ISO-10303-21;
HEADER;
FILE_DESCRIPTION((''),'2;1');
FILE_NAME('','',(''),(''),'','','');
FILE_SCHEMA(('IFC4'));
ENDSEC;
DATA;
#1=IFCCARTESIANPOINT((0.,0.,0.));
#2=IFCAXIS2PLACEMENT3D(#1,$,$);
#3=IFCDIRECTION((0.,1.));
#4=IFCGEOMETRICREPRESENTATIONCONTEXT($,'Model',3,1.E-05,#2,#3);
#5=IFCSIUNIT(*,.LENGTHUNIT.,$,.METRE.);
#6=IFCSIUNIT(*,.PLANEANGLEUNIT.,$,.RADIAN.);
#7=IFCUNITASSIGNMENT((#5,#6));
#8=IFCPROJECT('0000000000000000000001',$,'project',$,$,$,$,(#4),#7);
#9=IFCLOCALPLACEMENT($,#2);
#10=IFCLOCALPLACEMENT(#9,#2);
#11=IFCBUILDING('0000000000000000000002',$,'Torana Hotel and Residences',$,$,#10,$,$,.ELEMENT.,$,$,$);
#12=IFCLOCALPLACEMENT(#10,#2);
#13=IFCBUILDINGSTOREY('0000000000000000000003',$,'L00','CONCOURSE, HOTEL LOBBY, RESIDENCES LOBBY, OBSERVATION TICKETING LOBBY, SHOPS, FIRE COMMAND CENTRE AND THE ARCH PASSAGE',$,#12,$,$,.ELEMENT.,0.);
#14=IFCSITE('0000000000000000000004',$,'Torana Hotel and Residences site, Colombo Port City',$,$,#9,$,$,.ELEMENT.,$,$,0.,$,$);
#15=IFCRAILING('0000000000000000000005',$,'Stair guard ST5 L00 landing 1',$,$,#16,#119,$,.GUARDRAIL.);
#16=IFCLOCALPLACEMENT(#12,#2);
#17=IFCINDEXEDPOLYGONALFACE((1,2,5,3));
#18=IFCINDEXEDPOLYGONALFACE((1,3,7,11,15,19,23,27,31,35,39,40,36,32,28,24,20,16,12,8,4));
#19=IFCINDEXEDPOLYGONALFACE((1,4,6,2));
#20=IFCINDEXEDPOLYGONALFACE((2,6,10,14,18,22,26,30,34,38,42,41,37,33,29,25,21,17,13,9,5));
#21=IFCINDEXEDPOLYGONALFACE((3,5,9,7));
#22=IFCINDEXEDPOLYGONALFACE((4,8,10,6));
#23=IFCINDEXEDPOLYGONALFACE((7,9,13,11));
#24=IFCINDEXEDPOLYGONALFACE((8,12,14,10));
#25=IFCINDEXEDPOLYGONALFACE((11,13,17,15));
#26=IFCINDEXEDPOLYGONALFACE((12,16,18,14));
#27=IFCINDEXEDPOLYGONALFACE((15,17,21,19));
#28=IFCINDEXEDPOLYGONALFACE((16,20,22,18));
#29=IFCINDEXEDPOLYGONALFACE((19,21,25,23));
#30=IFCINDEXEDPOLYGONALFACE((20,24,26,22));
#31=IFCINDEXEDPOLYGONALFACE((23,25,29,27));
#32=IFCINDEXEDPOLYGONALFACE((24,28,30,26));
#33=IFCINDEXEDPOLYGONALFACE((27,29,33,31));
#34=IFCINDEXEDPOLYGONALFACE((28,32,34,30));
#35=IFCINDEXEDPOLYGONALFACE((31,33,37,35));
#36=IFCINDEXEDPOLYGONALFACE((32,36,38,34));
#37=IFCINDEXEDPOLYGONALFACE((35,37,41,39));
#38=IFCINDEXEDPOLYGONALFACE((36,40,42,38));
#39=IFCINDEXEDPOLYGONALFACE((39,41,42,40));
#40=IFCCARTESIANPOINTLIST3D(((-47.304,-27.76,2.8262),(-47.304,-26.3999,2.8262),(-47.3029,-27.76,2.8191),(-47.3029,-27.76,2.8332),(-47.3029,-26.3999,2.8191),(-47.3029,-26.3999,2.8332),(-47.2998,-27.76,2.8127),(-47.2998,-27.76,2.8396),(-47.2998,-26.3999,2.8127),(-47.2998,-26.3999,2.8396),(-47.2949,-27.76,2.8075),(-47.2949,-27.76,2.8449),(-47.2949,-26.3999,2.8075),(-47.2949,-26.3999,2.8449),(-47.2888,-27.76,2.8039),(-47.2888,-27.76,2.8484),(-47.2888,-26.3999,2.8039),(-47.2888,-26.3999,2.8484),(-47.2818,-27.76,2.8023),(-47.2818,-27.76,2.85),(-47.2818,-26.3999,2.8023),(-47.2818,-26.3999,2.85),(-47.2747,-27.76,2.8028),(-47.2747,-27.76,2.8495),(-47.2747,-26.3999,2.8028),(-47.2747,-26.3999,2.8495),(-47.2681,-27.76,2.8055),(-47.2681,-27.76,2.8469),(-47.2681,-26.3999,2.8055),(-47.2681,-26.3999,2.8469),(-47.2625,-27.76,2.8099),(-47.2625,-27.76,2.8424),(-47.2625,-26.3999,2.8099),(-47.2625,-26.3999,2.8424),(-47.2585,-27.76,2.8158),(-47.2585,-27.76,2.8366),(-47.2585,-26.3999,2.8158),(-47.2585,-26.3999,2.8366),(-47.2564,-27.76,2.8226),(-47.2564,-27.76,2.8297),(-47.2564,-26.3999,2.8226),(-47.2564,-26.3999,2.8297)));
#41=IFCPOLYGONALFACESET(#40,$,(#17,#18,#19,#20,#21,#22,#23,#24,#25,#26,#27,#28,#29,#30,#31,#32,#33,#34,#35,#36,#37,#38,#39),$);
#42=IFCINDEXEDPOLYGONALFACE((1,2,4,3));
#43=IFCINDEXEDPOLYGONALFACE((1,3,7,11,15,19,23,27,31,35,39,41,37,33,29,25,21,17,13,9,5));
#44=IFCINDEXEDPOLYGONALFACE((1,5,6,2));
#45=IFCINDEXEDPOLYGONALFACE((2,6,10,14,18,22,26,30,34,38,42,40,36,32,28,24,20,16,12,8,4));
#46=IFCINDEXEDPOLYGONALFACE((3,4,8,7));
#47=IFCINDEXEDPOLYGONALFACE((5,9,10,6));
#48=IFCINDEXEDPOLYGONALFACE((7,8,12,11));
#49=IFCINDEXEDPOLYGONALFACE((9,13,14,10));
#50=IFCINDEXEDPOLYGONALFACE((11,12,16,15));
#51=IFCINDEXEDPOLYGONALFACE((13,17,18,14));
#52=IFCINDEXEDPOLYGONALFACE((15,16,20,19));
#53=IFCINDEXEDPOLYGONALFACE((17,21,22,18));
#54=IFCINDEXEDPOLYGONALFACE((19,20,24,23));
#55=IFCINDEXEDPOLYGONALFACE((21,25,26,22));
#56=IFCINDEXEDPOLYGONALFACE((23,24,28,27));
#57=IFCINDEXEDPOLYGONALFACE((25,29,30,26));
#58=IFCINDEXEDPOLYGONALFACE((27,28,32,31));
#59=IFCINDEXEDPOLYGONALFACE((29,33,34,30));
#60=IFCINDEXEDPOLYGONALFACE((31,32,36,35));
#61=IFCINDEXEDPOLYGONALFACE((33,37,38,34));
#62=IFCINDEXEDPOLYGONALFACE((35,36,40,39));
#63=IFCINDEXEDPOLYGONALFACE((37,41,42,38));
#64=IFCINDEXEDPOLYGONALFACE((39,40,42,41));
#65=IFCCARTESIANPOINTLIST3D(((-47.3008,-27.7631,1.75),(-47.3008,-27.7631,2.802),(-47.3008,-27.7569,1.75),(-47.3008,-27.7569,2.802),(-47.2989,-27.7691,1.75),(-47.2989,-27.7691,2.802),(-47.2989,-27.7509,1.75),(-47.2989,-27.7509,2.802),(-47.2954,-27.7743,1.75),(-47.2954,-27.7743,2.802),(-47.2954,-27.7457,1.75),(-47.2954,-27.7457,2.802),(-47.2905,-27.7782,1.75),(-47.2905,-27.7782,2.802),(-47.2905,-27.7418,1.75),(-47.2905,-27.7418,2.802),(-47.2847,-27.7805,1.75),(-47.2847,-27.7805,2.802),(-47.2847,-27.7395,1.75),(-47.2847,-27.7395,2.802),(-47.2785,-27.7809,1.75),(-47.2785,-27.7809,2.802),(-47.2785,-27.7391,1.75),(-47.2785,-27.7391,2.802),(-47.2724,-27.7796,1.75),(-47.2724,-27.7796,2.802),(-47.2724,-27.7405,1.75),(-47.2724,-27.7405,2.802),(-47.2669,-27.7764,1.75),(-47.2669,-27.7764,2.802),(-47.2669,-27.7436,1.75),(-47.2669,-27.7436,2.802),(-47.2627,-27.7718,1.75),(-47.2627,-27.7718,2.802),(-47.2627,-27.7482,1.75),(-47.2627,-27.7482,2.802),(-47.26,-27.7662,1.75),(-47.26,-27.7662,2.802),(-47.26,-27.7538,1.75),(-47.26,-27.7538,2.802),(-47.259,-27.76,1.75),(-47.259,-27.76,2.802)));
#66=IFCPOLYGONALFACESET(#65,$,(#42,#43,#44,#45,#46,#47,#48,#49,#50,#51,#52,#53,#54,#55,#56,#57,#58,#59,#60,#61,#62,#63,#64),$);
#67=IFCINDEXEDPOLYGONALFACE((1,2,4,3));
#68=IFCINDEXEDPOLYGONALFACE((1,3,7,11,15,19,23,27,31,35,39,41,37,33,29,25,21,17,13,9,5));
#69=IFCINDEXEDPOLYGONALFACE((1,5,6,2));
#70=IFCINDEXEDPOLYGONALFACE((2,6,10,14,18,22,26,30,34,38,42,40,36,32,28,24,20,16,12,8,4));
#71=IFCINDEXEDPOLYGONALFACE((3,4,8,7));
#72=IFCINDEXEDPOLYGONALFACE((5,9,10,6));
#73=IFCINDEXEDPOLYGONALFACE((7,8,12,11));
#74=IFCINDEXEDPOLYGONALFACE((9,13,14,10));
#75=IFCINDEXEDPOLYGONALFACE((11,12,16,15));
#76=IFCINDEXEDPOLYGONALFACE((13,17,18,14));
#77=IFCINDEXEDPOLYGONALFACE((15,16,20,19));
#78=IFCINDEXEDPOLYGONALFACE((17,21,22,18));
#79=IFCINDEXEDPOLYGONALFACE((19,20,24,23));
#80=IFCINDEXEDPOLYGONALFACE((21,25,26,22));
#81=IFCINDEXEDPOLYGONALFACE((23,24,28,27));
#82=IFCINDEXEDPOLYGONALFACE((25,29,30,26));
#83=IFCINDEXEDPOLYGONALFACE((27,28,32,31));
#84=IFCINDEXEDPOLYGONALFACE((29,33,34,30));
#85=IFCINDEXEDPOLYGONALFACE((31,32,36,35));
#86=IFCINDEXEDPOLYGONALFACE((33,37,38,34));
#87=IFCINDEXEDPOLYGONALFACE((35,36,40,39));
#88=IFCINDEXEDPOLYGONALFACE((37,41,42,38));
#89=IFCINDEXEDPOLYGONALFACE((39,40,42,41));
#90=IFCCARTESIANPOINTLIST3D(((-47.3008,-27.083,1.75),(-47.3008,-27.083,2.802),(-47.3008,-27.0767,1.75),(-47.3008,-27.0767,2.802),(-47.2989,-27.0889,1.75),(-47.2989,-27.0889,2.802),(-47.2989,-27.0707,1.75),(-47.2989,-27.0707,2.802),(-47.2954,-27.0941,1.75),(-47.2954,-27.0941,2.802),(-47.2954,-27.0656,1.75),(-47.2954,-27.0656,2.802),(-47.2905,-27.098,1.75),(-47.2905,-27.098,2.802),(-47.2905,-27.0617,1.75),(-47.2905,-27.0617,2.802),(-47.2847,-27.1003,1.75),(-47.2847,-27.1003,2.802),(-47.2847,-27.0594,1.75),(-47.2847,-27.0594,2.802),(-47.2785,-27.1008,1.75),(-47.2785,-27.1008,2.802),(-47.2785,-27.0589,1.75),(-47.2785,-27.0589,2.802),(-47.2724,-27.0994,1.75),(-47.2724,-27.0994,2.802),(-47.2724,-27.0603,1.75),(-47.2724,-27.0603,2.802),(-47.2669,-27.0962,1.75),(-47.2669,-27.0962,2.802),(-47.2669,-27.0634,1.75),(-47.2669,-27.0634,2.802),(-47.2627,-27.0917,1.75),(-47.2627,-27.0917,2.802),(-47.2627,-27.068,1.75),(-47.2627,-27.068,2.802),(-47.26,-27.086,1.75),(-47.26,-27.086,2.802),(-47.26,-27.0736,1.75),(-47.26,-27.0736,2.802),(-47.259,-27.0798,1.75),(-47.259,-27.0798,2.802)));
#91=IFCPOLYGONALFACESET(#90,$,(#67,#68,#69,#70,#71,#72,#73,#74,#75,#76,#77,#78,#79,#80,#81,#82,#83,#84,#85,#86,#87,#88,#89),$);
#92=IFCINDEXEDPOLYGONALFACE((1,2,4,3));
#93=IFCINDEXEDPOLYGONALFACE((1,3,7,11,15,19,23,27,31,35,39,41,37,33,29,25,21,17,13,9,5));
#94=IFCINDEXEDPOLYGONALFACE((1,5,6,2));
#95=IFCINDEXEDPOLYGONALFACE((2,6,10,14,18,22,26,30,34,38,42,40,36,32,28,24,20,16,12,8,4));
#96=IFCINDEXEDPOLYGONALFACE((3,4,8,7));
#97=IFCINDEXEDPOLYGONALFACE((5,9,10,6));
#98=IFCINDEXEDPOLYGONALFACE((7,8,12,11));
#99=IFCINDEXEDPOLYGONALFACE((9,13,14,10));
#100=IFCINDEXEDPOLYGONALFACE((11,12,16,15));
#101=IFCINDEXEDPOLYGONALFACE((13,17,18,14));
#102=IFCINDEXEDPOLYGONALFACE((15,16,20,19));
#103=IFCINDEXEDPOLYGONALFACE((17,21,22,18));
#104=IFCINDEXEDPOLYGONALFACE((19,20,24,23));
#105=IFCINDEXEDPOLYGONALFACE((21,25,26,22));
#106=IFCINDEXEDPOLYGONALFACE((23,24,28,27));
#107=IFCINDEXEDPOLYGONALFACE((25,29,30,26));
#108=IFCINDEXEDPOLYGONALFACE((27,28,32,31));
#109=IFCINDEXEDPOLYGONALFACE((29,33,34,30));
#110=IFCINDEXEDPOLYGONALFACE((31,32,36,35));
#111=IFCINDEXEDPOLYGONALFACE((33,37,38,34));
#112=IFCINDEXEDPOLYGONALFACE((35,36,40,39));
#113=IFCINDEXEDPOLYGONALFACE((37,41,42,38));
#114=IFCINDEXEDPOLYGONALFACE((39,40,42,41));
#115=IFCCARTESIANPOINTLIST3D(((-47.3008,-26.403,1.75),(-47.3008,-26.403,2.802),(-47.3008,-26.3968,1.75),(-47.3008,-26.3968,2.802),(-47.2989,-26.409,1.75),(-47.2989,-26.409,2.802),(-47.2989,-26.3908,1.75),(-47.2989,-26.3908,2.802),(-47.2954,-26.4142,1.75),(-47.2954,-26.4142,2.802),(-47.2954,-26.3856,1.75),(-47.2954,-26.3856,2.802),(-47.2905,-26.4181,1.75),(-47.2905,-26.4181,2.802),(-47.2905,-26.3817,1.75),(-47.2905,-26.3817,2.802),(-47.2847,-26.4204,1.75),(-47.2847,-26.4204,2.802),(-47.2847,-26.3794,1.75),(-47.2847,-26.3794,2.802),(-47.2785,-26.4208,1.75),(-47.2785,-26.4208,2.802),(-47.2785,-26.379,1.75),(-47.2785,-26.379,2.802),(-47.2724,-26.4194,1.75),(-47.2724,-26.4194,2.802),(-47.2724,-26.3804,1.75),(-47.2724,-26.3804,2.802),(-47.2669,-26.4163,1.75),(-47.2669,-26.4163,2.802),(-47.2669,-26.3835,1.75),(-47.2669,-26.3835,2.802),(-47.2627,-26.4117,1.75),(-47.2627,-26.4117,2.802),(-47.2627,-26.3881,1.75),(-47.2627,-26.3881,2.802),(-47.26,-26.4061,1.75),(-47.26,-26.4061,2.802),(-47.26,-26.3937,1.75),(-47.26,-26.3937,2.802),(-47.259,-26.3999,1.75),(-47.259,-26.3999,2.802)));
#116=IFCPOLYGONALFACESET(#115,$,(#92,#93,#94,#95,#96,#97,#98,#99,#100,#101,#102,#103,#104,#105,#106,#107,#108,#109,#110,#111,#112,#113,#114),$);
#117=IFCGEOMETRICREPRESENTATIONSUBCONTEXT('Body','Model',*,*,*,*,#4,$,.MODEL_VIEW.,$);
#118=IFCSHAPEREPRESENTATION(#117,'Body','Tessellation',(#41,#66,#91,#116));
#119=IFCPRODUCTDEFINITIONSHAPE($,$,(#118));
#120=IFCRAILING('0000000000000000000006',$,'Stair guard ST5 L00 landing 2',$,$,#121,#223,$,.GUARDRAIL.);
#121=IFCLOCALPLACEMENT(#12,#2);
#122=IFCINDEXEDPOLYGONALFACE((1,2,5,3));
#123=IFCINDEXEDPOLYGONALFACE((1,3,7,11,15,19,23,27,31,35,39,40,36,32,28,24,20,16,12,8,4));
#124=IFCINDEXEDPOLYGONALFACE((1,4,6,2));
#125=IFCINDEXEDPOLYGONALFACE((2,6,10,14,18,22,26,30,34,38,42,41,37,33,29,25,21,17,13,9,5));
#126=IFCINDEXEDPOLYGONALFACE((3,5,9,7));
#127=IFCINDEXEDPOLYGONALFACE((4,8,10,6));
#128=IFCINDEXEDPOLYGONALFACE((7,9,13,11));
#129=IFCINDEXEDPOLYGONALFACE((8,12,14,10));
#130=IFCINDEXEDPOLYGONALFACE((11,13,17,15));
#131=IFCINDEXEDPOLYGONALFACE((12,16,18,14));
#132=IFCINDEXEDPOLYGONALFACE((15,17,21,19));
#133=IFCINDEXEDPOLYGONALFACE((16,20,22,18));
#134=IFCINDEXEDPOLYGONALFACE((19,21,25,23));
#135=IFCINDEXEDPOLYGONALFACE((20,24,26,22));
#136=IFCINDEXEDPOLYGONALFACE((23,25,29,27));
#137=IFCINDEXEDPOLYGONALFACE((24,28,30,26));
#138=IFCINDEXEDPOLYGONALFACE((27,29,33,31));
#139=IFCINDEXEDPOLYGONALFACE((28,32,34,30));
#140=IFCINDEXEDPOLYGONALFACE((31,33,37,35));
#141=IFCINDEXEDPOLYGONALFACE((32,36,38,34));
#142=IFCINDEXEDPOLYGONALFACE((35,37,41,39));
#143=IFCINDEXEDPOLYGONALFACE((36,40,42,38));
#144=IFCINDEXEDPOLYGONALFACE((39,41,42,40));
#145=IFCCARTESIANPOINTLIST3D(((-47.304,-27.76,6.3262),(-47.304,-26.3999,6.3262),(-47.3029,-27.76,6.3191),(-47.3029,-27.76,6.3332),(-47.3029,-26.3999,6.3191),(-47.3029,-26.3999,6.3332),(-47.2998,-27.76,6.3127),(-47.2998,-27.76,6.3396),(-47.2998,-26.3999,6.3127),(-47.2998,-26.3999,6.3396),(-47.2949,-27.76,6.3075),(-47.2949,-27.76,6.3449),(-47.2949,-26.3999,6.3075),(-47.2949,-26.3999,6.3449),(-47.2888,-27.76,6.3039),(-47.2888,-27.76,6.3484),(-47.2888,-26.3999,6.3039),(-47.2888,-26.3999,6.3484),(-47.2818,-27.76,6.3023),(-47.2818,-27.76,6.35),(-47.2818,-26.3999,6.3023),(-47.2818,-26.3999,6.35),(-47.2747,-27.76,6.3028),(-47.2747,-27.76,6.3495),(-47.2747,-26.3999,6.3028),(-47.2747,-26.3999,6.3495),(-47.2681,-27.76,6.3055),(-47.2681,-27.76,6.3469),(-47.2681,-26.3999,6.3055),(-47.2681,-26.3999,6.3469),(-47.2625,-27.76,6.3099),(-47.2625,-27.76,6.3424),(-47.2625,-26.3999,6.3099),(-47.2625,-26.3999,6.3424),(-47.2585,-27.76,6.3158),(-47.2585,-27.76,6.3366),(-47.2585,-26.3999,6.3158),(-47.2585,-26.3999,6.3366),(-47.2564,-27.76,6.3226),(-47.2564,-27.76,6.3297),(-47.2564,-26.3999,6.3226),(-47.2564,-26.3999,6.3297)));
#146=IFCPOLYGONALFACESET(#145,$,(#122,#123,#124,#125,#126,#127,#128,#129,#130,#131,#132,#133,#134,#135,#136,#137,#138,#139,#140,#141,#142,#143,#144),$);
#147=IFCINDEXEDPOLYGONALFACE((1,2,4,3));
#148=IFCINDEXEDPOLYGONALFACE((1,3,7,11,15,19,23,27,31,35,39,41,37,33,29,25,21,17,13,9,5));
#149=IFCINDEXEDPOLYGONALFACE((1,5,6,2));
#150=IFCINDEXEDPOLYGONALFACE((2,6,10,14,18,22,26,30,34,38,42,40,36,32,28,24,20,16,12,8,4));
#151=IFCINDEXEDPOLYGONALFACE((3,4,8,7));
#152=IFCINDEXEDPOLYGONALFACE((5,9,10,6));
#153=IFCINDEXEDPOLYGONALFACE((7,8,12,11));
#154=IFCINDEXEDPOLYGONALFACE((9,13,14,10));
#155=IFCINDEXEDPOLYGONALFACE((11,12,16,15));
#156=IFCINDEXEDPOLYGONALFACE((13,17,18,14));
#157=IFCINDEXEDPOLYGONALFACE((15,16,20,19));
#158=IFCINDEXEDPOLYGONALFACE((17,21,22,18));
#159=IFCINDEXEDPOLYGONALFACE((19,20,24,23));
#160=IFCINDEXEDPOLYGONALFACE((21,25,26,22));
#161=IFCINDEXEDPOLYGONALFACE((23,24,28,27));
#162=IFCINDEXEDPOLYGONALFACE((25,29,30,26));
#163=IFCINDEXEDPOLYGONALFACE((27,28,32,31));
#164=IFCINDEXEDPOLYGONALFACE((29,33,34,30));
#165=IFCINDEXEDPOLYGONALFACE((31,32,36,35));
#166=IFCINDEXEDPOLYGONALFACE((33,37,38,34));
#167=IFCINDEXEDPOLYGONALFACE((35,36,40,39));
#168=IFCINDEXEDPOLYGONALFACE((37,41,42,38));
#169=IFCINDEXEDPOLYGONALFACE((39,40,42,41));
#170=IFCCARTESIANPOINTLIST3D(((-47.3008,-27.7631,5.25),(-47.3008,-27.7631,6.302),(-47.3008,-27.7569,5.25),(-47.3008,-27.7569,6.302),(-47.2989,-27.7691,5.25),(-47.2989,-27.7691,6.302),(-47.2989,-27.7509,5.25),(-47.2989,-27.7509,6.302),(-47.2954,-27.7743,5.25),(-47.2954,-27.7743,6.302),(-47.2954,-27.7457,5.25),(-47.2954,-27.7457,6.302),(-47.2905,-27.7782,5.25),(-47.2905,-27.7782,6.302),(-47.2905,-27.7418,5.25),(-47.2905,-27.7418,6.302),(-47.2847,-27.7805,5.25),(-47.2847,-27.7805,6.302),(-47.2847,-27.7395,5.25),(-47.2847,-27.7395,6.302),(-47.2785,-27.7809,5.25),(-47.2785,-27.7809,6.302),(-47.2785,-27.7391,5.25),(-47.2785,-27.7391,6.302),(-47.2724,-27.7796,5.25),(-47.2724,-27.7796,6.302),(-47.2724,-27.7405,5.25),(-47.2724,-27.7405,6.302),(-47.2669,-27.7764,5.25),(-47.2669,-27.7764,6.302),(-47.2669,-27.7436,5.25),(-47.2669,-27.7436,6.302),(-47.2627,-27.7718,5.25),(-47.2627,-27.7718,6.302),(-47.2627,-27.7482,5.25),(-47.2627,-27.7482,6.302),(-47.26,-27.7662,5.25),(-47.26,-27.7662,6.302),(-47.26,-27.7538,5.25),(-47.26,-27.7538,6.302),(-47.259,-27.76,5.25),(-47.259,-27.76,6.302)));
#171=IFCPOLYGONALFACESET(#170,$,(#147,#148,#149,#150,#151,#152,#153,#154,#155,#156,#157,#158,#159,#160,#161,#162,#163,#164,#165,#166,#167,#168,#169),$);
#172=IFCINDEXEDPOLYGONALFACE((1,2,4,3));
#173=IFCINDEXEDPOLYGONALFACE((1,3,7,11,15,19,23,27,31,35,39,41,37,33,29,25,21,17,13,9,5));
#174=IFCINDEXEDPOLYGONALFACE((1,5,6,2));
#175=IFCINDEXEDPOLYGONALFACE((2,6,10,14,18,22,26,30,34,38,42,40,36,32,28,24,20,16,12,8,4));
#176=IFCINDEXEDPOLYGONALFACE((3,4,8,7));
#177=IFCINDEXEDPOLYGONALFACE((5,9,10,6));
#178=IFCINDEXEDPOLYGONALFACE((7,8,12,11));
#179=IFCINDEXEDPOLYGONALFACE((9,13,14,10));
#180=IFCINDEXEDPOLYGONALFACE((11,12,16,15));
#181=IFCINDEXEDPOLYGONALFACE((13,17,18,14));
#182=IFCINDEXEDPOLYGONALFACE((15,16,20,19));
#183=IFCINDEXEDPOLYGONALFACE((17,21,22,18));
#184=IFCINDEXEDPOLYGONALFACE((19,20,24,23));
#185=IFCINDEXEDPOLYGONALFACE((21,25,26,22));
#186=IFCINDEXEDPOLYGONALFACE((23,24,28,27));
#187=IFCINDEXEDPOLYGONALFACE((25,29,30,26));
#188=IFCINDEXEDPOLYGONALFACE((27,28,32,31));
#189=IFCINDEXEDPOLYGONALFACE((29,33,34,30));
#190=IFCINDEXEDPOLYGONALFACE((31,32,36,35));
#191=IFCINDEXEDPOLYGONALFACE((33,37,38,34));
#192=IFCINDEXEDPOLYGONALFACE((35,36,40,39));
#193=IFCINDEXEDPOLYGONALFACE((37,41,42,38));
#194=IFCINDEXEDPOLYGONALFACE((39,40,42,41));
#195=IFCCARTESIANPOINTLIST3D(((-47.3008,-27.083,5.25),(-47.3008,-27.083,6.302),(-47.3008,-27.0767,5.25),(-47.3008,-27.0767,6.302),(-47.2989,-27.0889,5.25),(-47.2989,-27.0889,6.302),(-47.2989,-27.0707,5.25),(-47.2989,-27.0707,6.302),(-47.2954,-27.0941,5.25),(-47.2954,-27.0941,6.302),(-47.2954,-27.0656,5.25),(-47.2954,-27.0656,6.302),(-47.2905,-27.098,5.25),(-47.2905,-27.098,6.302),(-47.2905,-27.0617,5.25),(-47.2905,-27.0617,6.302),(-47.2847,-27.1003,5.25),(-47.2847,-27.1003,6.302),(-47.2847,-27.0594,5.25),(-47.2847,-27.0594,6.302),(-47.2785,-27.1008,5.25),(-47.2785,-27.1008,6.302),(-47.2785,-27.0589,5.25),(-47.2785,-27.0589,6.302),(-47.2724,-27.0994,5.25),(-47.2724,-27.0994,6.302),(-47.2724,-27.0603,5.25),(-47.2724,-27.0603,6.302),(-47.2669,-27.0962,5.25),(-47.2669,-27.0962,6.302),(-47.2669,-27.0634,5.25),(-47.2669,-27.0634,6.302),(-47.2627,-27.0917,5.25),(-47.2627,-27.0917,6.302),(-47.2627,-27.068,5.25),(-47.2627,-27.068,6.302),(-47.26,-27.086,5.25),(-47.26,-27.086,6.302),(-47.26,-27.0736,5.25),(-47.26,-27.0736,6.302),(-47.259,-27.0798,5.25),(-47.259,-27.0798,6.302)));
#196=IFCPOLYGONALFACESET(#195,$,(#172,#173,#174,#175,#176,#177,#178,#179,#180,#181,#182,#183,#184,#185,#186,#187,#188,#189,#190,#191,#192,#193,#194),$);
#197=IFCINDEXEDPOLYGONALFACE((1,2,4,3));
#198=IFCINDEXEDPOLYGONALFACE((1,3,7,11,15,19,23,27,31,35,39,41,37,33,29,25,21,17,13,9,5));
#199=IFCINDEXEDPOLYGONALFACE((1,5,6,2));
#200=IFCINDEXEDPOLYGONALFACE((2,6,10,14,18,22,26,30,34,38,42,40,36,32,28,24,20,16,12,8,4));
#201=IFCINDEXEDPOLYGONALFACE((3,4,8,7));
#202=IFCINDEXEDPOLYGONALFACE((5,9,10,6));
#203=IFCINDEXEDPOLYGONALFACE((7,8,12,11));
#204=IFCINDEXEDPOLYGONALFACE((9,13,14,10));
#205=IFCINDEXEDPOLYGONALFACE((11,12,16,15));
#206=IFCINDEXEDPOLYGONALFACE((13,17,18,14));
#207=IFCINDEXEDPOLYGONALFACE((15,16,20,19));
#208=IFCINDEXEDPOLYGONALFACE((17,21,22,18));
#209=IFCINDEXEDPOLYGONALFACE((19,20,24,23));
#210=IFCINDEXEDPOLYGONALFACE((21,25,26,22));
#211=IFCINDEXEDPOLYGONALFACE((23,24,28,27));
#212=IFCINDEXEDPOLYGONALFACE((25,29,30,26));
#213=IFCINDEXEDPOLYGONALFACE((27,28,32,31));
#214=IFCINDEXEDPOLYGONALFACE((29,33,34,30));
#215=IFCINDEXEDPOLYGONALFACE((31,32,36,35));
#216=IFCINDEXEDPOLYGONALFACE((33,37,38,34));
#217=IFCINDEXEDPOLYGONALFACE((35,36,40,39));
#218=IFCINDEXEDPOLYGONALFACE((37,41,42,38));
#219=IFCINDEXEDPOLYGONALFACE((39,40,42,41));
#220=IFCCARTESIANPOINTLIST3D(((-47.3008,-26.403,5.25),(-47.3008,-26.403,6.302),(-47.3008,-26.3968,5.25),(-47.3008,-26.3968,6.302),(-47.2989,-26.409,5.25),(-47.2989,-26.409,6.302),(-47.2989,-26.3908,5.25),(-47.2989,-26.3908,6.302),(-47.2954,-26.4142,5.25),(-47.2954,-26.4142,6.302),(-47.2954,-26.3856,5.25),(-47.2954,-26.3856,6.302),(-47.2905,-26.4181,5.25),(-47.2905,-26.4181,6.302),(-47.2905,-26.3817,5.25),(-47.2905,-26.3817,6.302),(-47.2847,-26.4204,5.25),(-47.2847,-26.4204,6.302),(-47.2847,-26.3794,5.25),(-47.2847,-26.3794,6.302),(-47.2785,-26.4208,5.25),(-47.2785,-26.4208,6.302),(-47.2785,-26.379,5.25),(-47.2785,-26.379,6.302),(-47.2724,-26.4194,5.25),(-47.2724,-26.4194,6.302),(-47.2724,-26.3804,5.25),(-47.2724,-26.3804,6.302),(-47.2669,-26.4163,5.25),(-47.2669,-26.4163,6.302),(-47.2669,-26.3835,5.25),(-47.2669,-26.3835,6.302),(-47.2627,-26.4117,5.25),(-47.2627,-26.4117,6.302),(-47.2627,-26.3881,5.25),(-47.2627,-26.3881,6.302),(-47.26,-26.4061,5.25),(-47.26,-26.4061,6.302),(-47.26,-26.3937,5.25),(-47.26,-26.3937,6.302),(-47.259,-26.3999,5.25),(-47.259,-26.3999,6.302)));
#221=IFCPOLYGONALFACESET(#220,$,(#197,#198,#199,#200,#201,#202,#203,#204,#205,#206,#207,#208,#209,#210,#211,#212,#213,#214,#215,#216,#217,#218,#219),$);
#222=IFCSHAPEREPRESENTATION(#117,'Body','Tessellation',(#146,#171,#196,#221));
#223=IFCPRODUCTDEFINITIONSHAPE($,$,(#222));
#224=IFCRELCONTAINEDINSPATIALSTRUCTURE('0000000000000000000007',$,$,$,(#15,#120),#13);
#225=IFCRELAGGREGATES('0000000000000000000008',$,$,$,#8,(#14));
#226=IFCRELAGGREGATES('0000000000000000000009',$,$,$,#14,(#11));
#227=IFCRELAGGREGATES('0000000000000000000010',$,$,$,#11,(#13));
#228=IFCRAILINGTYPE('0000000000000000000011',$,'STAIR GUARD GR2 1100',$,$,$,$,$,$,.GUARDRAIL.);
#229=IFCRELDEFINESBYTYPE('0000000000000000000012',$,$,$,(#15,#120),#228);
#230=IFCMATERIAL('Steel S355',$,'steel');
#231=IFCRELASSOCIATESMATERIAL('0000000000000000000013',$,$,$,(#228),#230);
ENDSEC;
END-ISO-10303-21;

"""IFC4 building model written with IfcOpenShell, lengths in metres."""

from ifc_helpers import new_model, si_unit, direction, frame, origin, origin_2d, place, context, subcontext, project, spatial, circle, extrude, material, type_object, element, save


model = new_model("IFC4")

# Units and contexts
model_context = context("Model", 3, precision=1e-05, world=origin(), true_north=direction((0.0, 1.0)))
body_context = subcontext(model_context, "Body", "Model", "MODEL_VIEW")
ifc_project = project(units=[si_unit("LENGTHUNIT", "METRE"), si_unit("PLANEANGLEUNIT", "RADIAN")], contexts=[model_context])

# Site, building, storey
site_placement = place(None, origin())
site = spatial("IfcSite", under=ifc_project, at=site_placement, Name="Torana Hotel and Residences site, Colombo Port City", CompositionType="ELEMENT", RefElevation=0.0)
building_placement = place(site_placement, origin())
building = spatial("IfcBuilding", under=site, at=building_placement, Name="Torana Hotel and Residences", CompositionType="ELEMENT")
storey_placement = place(building_placement, origin())
storey = spatial("IfcBuildingStorey", under=building, at=storey_placement, Name="L00", Description="CONCOURSE, HOTEL LOBBY, RESIDENCES LOBBY, OBSERVATION TICKETING LOBBY, SHOPS, FIRE COMMAND CENTRE AND THE ARCH PASSAGE", CompositionType="ELEMENT", Elevation=0.0)

# Railings
ifc_material_1 = material(Name="Steel S355", Category="steel")
railing_type_1 = type_object("IfcRailingType", Name="STAIR GUARD GR2 1100", PredefinedType="GUARDRAIL", material=ifc_material_1)
for number, where, name in (
    (1, (-47.28, -27.76, 1.75), "Stair guard ST5 L00 landing 1"),
    (2, (-47.28, -27.76, 5.25), "Stair guard ST5 L00 landing 2"),
):
    element("IfcRailing", number, at=place(storey_placement, frame(where)), inside=storey, type_object=railing_type_1, Name=name, PredefinedType="GUARDRAIL", context=body_context, shape_type="SweptSolid", body=[
        extrude(circle(Radius=0.0239, at=origin_2d()), frame((0.0, 0.0, 1.0762), z_axis=(0.0, 1.0, 0.0), x_axis=(-1.0, 0.0, 0.0)), (0.0, 0.0, 1.0), 1.3601),
        extrude(circle(Radius=0.021, at=origin_2d()), origin(), (0.0, 0.0, 1.0), 1.052),
        extrude(circle(Radius=0.021, at=origin_2d()), frame((0.0, 0.6802, 0.0)), (0.0, 0.0, 1.0), 1.052),
        extrude(circle(Radius=0.021, at=origin_2d()), frame((0.0, 1.3601, 0.0)), (0.0, 0.0, 1.0), 1.052),
    ])

save(model, "model.ifc")
